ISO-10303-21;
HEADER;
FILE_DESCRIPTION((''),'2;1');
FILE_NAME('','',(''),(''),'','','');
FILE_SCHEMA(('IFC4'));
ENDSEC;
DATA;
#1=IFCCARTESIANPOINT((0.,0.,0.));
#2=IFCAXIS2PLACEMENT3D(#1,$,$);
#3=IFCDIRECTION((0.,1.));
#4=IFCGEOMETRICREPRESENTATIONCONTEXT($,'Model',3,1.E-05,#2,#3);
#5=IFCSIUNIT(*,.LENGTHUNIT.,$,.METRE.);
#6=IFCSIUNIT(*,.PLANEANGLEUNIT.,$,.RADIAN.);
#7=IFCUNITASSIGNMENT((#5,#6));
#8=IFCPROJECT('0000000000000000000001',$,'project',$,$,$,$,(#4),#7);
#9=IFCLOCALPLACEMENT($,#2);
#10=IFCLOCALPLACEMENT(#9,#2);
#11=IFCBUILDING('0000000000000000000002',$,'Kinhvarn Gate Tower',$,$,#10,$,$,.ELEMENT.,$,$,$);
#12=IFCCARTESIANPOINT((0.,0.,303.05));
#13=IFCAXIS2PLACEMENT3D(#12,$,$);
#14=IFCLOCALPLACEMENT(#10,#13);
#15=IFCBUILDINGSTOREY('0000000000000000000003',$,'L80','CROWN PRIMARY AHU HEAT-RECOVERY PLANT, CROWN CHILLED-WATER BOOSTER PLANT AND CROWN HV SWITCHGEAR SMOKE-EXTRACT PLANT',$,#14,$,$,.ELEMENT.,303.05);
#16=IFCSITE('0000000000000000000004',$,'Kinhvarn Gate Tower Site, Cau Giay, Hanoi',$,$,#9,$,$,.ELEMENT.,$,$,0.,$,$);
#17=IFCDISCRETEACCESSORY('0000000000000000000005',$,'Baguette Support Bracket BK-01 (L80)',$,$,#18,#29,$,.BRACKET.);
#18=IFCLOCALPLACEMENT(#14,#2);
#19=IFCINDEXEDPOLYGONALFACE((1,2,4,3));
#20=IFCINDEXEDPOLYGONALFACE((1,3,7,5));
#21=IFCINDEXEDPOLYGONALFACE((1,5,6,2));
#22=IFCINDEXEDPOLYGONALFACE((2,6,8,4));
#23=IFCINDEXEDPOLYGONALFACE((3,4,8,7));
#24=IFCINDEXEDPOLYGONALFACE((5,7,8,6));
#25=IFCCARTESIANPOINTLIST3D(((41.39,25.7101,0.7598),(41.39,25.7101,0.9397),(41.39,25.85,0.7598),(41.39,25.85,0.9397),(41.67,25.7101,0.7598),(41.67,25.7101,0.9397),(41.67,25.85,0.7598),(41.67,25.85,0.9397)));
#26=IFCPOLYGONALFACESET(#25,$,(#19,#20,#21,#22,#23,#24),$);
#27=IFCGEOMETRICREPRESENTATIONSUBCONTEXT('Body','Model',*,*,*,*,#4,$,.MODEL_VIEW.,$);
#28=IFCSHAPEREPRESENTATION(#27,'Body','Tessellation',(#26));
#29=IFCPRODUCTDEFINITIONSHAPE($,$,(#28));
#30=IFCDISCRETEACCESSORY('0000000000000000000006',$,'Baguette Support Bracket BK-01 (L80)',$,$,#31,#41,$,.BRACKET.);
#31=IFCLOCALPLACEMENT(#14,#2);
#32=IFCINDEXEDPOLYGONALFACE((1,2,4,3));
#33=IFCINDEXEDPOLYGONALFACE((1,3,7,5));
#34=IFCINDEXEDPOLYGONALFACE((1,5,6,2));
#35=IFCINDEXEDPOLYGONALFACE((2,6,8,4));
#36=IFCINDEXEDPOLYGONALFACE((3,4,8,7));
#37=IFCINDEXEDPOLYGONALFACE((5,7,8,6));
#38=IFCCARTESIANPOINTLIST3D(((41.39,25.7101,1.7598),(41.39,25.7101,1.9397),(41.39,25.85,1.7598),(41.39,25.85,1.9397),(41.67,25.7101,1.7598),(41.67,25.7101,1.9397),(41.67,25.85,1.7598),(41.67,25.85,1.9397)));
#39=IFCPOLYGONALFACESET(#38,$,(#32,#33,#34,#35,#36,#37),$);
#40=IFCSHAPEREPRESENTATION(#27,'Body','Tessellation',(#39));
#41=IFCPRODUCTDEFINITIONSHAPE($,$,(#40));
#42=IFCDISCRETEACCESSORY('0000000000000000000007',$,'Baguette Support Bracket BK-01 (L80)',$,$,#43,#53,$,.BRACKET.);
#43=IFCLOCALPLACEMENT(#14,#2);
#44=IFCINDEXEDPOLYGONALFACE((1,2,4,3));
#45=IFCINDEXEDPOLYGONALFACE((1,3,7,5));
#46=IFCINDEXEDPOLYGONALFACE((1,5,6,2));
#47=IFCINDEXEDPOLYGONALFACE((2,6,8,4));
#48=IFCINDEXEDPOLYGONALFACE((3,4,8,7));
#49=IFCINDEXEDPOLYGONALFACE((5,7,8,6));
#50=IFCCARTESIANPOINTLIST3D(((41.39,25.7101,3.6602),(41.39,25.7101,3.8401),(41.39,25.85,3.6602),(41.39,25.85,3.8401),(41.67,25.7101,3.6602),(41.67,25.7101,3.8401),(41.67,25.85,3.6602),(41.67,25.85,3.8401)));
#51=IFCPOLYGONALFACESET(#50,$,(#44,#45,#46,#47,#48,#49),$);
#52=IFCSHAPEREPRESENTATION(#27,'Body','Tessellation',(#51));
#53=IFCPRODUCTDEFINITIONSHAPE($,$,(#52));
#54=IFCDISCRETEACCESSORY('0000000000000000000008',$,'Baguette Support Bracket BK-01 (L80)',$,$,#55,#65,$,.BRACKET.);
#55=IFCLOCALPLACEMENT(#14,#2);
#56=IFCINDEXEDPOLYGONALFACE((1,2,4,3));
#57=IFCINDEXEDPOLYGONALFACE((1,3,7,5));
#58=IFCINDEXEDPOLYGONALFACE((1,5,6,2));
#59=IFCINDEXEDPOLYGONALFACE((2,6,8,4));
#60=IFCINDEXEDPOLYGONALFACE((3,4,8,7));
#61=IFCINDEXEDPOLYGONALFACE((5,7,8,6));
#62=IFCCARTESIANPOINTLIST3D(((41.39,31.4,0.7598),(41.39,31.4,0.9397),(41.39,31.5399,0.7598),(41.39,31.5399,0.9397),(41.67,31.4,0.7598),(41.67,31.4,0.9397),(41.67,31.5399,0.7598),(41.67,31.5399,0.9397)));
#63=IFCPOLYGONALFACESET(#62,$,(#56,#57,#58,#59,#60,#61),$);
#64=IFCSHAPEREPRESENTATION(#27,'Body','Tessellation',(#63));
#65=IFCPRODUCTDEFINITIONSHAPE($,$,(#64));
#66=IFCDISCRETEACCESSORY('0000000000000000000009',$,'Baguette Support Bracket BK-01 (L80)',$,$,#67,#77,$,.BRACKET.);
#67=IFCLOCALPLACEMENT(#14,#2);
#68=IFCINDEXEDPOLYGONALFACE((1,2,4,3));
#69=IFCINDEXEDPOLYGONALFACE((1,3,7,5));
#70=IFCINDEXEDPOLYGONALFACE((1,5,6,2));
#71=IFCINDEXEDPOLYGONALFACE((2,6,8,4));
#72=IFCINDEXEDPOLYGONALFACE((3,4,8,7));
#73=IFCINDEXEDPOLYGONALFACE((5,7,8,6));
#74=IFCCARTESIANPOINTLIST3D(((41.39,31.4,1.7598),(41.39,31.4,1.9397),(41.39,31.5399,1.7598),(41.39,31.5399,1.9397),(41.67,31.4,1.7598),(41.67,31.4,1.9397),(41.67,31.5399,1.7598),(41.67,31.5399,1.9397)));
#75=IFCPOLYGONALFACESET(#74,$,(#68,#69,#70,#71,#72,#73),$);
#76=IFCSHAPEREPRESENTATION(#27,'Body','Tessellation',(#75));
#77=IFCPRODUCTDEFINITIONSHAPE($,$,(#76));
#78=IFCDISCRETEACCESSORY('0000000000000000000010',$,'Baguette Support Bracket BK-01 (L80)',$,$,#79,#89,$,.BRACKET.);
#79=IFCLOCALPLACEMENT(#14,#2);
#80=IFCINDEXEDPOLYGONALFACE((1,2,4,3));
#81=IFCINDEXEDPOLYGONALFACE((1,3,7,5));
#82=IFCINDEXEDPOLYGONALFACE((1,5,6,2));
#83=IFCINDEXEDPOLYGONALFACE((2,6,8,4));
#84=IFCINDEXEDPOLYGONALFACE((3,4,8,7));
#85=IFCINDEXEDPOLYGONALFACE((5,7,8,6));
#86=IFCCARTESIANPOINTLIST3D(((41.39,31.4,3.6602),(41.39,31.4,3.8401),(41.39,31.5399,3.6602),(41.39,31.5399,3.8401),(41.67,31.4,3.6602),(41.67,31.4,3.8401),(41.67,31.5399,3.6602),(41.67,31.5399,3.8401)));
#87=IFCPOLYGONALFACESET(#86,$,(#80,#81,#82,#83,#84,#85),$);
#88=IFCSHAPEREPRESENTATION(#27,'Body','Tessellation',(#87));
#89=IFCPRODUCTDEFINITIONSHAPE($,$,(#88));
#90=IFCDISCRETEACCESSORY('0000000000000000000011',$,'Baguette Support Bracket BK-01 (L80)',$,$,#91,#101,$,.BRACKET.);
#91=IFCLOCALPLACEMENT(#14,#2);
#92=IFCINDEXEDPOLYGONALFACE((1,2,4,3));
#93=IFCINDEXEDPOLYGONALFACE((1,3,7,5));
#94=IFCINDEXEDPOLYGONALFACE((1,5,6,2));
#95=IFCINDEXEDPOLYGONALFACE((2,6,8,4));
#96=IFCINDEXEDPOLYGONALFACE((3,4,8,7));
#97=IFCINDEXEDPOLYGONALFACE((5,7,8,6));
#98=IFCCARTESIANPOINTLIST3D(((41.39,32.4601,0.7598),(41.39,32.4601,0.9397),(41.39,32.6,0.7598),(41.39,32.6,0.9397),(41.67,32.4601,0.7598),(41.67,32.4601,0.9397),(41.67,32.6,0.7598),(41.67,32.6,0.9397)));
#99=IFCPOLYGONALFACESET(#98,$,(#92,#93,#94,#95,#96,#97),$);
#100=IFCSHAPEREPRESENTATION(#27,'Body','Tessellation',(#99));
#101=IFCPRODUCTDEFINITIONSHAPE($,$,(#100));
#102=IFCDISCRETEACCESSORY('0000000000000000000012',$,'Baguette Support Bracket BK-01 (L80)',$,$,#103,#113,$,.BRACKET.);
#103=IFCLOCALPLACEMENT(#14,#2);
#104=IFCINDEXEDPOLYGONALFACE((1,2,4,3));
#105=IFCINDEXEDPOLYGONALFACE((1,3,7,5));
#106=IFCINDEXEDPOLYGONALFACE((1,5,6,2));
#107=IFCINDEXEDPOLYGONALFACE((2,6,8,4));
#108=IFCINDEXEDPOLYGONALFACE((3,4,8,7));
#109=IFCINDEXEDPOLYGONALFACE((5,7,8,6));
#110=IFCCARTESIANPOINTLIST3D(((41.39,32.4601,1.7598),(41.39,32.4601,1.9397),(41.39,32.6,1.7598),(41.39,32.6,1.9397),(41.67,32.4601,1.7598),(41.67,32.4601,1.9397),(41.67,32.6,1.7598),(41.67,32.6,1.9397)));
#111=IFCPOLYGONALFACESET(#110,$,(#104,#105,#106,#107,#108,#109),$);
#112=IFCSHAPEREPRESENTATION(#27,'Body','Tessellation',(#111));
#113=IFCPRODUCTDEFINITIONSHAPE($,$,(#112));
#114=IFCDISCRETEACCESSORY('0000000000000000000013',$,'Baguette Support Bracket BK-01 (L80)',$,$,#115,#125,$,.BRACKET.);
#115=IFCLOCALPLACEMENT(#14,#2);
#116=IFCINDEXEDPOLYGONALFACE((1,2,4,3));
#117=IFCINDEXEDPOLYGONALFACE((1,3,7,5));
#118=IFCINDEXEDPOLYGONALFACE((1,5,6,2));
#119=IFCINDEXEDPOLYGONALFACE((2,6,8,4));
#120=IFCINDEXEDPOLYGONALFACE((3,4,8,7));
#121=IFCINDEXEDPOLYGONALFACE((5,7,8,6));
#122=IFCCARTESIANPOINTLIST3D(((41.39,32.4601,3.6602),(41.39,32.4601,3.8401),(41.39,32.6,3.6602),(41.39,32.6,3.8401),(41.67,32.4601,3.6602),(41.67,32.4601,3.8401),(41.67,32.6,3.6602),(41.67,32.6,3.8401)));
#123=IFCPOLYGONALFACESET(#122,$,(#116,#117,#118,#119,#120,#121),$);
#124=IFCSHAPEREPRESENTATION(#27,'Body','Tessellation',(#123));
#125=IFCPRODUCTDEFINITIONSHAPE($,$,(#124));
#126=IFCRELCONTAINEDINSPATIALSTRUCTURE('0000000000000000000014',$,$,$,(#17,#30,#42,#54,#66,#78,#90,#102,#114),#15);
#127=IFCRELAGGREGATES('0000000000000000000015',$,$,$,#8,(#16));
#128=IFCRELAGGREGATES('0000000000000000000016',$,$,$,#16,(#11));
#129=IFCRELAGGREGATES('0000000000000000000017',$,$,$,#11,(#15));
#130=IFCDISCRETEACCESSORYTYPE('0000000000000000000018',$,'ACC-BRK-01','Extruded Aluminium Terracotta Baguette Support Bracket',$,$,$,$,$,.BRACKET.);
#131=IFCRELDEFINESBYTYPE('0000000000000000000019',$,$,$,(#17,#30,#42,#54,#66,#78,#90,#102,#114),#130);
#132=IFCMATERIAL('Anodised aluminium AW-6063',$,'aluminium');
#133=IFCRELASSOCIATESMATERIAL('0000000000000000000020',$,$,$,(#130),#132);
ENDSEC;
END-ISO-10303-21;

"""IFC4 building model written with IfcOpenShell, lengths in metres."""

from ifc_helpers import new_model, si_unit, direction, frame, origin, origin_2d, place, context, subcontext, project, spatial, rectangle, extrude, material, type_object, element, save


model = new_model("IFC4")

# Units and contexts
model_context = context("Model", 3, precision=1e-05, world=origin(), true_north=direction((0.0, 1.0)))
body_context = subcontext(model_context, "Body", "Model", "MODEL_VIEW")
ifc_project = project(units=[si_unit("LENGTHUNIT", "METRE"), si_unit("PLANEANGLEUNIT", "RADIAN")], contexts=[model_context])

# Site, building, storey
site_placement = place(None, origin())
site = spatial("IfcSite", under=ifc_project, at=site_placement, Name="Kinhvarn Gate Tower Site, Cau Giay, Hanoi", CompositionType="ELEMENT", RefElevation=0.0)
building_placement = place(site_placement, origin())
building = spatial("IfcBuilding", under=site, at=building_placement, Name="Kinhvarn Gate Tower", CompositionType="ELEMENT")
storey_placement = place(building_placement, frame((0.0, 0.0, 303.05)))
storey = spatial("IfcBuildingStorey", under=building, at=storey_placement, Name="L80", Description="CROWN PRIMARY AHU HEAT-RECOVERY PLANT, CROWN CHILLED-WATER BOOSTER PLANT AND CROWN HV SWITCHGEAR SMOKE-EXTRACT PLANT", CompositionType="ELEMENT", Elevation=303.05)

# Shared definitions
ifc_material_1 = material(Name="Anodised aluminium AW-6063", Category="aluminium")

# Discrete accessories
discrete_accessory_type = type_object("IfcDiscreteAccessoryType", Name="ACC-BRK-01", Description="Extruded Aluminium Terracotta Baguette Support Bracket", PredefinedType="BRACKET", material=ifc_material_1)
for number, where, z_axis, x_axis, name in (
    (1, (41.53, 25.78, 0.7598), (0.0, 0.0, 1.0), (0.0, 1.0, 0.0), "Baguette Support Bracket BK-01 (L80)"),
    (2, (41.53, 25.78, 1.7598), (0.0, 0.0, 1.0), (0.0, 1.0, 0.0), "Baguette Support Bracket BK-01 (L80)"),
    (3, (41.53, 25.78, 3.6602), (0.0, 0.0, 1.0), (0.0, 1.0, 0.0), "Baguette Support Bracket BK-01 (L80)"),
    (4, (41.53, 31.47, 0.7598), (0.0, 0.0, 1.0), (0.0, 1.0, 0.0), "Baguette Support Bracket BK-01 (L80)"),
    (5, (41.53, 31.47, 1.7598), (0.0, 0.0, 1.0), (0.0, 1.0, 0.0), "Baguette Support Bracket BK-01 (L80)"),
    (6, (41.53, 31.47, 3.6602), (0.0, 0.0, 1.0), (0.0, 1.0, 0.0), "Baguette Support Bracket BK-01 (L80)"),
    (7, (41.53, 32.53, 0.7598), (0.0, 0.0, 1.0), (0.0, 1.0, 0.0), "Baguette Support Bracket BK-01 (L80)"),
    (8, (41.53, 32.53, 1.7598), (0.0, 0.0, 1.0), (0.0, 1.0, 0.0), "Baguette Support Bracket BK-01 (L80)"),
    (9, (41.53, 32.53, 3.6602), (0.0, 0.0, 1.0), (0.0, 1.0, 0.0), "Baguette Support Bracket BK-01 (L80)"),
):
    element("IfcDiscreteAccessory", number, at=place(storey_placement, frame(where, z_axis=z_axis, x_axis=x_axis)), inside=storey, type_object=discrete_accessory_type, Name=name, PredefinedType="BRACKET", context=body_context, shape_type="SweptSolid", body=[
        extrude(rectangle(XDim=0.1399, YDim=0.28, at=origin_2d()), origin(), (0.0, 0.0, 1.0), 0.1799),
    ])

save(model, "model.ifc")
